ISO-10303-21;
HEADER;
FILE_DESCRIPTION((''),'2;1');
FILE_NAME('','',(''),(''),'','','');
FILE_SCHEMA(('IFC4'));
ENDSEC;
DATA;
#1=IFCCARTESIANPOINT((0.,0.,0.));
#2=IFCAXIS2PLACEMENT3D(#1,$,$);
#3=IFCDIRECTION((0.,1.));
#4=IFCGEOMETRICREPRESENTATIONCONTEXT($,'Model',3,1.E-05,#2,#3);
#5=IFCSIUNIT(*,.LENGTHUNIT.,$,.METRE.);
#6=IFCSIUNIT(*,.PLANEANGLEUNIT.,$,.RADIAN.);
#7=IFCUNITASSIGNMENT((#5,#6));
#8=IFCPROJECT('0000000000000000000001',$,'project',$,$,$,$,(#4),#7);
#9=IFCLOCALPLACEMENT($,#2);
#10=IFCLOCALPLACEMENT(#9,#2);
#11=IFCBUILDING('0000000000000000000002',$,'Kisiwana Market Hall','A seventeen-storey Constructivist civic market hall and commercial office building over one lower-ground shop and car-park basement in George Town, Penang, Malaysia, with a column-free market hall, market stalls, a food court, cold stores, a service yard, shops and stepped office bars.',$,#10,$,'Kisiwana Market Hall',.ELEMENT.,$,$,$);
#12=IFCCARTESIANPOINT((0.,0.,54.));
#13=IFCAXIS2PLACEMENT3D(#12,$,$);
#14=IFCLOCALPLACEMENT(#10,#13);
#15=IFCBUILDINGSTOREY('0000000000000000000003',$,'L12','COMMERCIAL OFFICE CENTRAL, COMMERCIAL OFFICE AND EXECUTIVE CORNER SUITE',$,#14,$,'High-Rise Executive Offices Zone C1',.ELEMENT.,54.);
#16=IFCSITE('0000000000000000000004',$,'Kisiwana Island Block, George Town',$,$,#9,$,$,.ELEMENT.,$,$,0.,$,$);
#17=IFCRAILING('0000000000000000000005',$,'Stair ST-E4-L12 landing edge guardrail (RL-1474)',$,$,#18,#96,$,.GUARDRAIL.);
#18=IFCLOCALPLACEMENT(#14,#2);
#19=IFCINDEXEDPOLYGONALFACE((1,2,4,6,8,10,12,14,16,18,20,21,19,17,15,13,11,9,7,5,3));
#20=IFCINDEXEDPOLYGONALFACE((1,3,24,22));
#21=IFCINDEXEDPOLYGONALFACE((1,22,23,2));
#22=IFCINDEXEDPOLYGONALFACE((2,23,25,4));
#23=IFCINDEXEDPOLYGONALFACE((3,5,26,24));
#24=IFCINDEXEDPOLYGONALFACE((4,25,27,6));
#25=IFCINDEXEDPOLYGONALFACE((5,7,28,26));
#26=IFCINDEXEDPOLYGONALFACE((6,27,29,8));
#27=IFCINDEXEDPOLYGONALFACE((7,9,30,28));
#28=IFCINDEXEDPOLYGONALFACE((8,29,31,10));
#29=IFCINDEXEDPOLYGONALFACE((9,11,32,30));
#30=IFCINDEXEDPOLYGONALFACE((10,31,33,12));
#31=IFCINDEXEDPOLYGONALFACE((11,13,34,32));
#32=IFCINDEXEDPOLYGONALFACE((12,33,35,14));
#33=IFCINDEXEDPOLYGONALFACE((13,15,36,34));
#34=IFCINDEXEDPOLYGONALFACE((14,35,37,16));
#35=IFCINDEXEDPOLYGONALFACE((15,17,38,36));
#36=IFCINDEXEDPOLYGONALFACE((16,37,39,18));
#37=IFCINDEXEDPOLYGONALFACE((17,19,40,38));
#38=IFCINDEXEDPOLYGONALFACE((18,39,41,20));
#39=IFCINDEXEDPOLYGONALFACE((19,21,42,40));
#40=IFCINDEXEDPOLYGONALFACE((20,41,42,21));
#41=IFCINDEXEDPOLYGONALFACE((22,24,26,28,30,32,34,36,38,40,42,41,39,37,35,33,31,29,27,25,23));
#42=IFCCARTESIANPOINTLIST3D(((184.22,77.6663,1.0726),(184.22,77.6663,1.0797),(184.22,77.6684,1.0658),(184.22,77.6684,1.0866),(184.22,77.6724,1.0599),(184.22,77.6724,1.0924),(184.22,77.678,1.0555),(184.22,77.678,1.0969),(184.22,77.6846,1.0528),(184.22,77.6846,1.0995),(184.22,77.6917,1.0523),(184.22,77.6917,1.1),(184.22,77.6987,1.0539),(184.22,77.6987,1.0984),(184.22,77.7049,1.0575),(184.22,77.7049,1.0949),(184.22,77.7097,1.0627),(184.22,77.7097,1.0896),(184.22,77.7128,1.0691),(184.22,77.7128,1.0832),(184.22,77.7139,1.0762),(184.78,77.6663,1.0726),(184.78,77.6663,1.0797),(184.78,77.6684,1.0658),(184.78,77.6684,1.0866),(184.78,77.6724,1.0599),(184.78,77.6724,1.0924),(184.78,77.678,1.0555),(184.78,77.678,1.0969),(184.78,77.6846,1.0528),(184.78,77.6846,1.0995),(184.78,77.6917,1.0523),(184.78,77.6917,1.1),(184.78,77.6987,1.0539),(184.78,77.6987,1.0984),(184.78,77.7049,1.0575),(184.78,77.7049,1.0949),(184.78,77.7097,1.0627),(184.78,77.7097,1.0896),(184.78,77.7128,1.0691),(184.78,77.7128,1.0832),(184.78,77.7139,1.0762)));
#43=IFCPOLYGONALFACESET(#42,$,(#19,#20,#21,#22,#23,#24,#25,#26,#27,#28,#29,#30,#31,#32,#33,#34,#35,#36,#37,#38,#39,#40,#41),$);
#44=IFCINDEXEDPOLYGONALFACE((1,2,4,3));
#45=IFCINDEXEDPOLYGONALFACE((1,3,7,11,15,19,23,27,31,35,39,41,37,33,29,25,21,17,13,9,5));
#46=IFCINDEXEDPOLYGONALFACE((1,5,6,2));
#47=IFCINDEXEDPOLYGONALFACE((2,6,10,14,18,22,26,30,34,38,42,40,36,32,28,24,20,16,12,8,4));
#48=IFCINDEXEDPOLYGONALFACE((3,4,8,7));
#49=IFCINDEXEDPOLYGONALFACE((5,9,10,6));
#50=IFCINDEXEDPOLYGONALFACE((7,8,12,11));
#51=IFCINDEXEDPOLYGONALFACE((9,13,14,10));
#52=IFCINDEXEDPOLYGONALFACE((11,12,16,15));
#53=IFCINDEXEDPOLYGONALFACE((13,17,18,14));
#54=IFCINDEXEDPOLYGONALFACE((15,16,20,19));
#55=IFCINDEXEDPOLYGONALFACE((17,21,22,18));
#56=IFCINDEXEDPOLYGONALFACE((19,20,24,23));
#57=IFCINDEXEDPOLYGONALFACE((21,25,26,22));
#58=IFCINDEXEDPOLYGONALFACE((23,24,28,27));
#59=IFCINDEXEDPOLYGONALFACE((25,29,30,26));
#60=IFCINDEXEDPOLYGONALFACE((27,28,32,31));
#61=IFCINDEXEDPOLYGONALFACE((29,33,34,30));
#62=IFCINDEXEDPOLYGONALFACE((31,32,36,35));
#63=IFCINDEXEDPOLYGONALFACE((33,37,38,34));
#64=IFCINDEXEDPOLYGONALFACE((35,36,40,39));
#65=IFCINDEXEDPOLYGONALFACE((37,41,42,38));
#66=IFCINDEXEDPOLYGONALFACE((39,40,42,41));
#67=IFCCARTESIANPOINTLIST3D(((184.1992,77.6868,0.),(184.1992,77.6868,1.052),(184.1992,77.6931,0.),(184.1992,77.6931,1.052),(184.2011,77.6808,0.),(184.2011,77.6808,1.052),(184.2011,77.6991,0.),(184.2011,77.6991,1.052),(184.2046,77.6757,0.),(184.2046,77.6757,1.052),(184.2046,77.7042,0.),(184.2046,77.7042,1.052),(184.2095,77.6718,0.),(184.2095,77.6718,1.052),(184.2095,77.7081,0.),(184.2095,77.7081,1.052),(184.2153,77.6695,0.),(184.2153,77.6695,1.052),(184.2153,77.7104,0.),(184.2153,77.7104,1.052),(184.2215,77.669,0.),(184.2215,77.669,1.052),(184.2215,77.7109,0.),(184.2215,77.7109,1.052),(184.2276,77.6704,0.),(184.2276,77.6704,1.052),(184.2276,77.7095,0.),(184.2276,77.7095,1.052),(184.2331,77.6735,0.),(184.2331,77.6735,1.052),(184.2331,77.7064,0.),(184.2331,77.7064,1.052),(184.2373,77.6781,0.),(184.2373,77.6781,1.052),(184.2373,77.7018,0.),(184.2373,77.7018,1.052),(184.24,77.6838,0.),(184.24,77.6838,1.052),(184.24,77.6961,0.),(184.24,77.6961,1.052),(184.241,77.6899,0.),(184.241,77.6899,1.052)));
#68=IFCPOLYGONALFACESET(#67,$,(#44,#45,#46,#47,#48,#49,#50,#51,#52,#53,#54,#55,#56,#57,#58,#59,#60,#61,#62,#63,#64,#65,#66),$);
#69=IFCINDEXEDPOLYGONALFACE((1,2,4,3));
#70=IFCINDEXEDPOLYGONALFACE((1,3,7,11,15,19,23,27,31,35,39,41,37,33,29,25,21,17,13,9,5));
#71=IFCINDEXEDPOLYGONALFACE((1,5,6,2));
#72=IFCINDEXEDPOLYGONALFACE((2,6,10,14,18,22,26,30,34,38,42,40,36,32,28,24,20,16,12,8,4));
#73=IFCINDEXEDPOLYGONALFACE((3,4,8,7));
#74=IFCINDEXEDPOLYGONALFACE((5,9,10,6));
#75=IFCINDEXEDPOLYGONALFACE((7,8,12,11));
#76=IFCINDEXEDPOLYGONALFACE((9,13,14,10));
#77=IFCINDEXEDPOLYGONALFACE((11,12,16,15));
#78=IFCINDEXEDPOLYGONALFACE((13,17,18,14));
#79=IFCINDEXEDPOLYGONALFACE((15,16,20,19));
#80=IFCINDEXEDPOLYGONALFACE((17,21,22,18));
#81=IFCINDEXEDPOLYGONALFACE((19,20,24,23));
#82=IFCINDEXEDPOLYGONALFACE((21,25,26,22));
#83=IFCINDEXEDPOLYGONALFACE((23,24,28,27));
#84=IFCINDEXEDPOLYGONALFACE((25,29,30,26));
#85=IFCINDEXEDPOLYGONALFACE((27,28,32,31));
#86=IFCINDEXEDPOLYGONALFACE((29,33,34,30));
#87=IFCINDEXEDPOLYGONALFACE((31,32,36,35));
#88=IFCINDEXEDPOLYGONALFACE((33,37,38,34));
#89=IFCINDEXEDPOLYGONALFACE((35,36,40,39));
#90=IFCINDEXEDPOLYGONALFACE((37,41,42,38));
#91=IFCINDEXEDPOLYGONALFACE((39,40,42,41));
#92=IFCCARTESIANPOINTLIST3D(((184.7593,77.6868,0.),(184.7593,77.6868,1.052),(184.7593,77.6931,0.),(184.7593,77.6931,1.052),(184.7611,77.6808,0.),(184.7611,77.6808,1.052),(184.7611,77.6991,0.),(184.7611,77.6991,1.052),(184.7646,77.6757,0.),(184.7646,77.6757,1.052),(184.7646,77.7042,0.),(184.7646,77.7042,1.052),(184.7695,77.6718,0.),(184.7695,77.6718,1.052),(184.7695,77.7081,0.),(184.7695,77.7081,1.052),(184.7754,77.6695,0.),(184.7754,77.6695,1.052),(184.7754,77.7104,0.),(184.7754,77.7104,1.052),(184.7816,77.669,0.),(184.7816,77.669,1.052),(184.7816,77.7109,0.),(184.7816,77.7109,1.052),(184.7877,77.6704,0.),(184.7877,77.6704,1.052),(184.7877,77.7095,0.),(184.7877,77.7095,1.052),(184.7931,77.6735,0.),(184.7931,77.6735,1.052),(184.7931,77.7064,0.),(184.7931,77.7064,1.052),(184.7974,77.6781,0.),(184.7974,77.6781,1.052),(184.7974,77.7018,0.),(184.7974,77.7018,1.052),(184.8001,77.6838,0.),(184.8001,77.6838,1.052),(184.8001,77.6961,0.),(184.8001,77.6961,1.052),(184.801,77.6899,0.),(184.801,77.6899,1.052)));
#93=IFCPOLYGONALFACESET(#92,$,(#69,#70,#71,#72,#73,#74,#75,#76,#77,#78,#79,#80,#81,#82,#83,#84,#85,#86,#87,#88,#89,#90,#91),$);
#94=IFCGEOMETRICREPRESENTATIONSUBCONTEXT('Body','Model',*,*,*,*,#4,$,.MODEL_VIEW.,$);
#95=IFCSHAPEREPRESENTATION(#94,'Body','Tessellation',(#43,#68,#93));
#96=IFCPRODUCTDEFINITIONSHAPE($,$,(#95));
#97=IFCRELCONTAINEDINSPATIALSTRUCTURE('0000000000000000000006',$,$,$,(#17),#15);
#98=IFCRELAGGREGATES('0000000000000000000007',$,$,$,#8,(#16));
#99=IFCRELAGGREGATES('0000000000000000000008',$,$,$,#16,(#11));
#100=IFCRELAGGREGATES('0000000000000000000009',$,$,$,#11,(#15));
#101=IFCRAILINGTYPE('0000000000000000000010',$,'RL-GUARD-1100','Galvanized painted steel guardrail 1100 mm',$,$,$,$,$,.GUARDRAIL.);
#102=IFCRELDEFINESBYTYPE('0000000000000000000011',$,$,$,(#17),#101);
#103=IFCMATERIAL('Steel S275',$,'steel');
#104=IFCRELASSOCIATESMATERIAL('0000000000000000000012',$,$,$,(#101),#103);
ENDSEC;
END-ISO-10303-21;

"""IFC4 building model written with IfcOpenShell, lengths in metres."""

from ifc_helpers import new_model, si_unit, direction, frame, origin, origin_2d, place, context, subcontext, project, spatial, circle, extrude, material, type_object, element, save


model = new_model("IFC4")

# Units and contexts
model_context = context("Model", 3, precision=1e-05, world=origin(), true_north=direction((0.0, 1.0)))
body_context = subcontext(model_context, "Body", "Model", "MODEL_VIEW")
ifc_project = project(units=[si_unit("LENGTHUNIT", "METRE"), si_unit("PLANEANGLEUNIT", "RADIAN")], contexts=[model_context])

# Site, building, storey
site_placement = place(None, origin())
site = spatial("IfcSite", under=ifc_project, at=site_placement, Name="Kisiwana Island Block, George Town", CompositionType="ELEMENT", RefElevation=0.0)
building_placement = place(site_placement, origin())
building = spatial("IfcBuilding", under=site, at=building_placement, Name="Kisiwana Market Hall", Description="A seventeen-storey Constructivist civic market hall and commercial office building over one lower-ground shop and car-park basement in George Town, Penang, Malaysia, with a column-free market hall, market stalls, a food court, cold stores, a service yard, shops and stepped office bars.", LongName="Kisiwana Market Hall", CompositionType="ELEMENT")
storey_placement = place(building_placement, frame((0.0, 0.0, 54.0)))
storey = spatial("IfcBuildingStorey", under=building, at=storey_placement, Name="L12", Description="COMMERCIAL OFFICE CENTRAL, COMMERCIAL OFFICE AND EXECUTIVE CORNER SUITE", LongName="High-Rise Executive Offices Zone C1", CompositionType="ELEMENT", Elevation=54.0)

# Railing
ifc_material_1 = material(Name="Steel S275", Category="steel")
railing_type_1 = type_object("IfcRailingType", Name="RL-GUARD-1100", Description="Galvanized painted steel guardrail 1100 mm", PredefinedType="GUARDRAIL", material=ifc_material_1)
railing_1_placement = place(storey_placement, frame((184.22, 77.6899, 0.0)))
element("IfcRailing", 1, at=railing_1_placement, inside=storey, type_object=railing_type_1, Name="Stair ST-E4-L12 landing edge guardrail (RL-1474)", PredefinedType="GUARDRAIL", context=body_context, shape_type="SweptSolid", body=[
    extrude(circle(Radius=0.0239, at=origin_2d()), frame((0.0, 0.0, 1.0762), z_axis=(1.0, 0.0, 0.0), x_axis=(0.0, 1.0, 0.0)), (0.0, 0.0, 1.0), 0.5601),
    extrude(circle(Radius=0.021, at=origin_2d()), origin(), (0.0, 0.0, 1.0), 1.052),
    extrude(circle(Radius=0.021, at=origin_2d()), frame((0.5601, 0.0, 0.0)), (0.0, 0.0, 1.0), 1.052),
])

save(model, "model.ifc")
